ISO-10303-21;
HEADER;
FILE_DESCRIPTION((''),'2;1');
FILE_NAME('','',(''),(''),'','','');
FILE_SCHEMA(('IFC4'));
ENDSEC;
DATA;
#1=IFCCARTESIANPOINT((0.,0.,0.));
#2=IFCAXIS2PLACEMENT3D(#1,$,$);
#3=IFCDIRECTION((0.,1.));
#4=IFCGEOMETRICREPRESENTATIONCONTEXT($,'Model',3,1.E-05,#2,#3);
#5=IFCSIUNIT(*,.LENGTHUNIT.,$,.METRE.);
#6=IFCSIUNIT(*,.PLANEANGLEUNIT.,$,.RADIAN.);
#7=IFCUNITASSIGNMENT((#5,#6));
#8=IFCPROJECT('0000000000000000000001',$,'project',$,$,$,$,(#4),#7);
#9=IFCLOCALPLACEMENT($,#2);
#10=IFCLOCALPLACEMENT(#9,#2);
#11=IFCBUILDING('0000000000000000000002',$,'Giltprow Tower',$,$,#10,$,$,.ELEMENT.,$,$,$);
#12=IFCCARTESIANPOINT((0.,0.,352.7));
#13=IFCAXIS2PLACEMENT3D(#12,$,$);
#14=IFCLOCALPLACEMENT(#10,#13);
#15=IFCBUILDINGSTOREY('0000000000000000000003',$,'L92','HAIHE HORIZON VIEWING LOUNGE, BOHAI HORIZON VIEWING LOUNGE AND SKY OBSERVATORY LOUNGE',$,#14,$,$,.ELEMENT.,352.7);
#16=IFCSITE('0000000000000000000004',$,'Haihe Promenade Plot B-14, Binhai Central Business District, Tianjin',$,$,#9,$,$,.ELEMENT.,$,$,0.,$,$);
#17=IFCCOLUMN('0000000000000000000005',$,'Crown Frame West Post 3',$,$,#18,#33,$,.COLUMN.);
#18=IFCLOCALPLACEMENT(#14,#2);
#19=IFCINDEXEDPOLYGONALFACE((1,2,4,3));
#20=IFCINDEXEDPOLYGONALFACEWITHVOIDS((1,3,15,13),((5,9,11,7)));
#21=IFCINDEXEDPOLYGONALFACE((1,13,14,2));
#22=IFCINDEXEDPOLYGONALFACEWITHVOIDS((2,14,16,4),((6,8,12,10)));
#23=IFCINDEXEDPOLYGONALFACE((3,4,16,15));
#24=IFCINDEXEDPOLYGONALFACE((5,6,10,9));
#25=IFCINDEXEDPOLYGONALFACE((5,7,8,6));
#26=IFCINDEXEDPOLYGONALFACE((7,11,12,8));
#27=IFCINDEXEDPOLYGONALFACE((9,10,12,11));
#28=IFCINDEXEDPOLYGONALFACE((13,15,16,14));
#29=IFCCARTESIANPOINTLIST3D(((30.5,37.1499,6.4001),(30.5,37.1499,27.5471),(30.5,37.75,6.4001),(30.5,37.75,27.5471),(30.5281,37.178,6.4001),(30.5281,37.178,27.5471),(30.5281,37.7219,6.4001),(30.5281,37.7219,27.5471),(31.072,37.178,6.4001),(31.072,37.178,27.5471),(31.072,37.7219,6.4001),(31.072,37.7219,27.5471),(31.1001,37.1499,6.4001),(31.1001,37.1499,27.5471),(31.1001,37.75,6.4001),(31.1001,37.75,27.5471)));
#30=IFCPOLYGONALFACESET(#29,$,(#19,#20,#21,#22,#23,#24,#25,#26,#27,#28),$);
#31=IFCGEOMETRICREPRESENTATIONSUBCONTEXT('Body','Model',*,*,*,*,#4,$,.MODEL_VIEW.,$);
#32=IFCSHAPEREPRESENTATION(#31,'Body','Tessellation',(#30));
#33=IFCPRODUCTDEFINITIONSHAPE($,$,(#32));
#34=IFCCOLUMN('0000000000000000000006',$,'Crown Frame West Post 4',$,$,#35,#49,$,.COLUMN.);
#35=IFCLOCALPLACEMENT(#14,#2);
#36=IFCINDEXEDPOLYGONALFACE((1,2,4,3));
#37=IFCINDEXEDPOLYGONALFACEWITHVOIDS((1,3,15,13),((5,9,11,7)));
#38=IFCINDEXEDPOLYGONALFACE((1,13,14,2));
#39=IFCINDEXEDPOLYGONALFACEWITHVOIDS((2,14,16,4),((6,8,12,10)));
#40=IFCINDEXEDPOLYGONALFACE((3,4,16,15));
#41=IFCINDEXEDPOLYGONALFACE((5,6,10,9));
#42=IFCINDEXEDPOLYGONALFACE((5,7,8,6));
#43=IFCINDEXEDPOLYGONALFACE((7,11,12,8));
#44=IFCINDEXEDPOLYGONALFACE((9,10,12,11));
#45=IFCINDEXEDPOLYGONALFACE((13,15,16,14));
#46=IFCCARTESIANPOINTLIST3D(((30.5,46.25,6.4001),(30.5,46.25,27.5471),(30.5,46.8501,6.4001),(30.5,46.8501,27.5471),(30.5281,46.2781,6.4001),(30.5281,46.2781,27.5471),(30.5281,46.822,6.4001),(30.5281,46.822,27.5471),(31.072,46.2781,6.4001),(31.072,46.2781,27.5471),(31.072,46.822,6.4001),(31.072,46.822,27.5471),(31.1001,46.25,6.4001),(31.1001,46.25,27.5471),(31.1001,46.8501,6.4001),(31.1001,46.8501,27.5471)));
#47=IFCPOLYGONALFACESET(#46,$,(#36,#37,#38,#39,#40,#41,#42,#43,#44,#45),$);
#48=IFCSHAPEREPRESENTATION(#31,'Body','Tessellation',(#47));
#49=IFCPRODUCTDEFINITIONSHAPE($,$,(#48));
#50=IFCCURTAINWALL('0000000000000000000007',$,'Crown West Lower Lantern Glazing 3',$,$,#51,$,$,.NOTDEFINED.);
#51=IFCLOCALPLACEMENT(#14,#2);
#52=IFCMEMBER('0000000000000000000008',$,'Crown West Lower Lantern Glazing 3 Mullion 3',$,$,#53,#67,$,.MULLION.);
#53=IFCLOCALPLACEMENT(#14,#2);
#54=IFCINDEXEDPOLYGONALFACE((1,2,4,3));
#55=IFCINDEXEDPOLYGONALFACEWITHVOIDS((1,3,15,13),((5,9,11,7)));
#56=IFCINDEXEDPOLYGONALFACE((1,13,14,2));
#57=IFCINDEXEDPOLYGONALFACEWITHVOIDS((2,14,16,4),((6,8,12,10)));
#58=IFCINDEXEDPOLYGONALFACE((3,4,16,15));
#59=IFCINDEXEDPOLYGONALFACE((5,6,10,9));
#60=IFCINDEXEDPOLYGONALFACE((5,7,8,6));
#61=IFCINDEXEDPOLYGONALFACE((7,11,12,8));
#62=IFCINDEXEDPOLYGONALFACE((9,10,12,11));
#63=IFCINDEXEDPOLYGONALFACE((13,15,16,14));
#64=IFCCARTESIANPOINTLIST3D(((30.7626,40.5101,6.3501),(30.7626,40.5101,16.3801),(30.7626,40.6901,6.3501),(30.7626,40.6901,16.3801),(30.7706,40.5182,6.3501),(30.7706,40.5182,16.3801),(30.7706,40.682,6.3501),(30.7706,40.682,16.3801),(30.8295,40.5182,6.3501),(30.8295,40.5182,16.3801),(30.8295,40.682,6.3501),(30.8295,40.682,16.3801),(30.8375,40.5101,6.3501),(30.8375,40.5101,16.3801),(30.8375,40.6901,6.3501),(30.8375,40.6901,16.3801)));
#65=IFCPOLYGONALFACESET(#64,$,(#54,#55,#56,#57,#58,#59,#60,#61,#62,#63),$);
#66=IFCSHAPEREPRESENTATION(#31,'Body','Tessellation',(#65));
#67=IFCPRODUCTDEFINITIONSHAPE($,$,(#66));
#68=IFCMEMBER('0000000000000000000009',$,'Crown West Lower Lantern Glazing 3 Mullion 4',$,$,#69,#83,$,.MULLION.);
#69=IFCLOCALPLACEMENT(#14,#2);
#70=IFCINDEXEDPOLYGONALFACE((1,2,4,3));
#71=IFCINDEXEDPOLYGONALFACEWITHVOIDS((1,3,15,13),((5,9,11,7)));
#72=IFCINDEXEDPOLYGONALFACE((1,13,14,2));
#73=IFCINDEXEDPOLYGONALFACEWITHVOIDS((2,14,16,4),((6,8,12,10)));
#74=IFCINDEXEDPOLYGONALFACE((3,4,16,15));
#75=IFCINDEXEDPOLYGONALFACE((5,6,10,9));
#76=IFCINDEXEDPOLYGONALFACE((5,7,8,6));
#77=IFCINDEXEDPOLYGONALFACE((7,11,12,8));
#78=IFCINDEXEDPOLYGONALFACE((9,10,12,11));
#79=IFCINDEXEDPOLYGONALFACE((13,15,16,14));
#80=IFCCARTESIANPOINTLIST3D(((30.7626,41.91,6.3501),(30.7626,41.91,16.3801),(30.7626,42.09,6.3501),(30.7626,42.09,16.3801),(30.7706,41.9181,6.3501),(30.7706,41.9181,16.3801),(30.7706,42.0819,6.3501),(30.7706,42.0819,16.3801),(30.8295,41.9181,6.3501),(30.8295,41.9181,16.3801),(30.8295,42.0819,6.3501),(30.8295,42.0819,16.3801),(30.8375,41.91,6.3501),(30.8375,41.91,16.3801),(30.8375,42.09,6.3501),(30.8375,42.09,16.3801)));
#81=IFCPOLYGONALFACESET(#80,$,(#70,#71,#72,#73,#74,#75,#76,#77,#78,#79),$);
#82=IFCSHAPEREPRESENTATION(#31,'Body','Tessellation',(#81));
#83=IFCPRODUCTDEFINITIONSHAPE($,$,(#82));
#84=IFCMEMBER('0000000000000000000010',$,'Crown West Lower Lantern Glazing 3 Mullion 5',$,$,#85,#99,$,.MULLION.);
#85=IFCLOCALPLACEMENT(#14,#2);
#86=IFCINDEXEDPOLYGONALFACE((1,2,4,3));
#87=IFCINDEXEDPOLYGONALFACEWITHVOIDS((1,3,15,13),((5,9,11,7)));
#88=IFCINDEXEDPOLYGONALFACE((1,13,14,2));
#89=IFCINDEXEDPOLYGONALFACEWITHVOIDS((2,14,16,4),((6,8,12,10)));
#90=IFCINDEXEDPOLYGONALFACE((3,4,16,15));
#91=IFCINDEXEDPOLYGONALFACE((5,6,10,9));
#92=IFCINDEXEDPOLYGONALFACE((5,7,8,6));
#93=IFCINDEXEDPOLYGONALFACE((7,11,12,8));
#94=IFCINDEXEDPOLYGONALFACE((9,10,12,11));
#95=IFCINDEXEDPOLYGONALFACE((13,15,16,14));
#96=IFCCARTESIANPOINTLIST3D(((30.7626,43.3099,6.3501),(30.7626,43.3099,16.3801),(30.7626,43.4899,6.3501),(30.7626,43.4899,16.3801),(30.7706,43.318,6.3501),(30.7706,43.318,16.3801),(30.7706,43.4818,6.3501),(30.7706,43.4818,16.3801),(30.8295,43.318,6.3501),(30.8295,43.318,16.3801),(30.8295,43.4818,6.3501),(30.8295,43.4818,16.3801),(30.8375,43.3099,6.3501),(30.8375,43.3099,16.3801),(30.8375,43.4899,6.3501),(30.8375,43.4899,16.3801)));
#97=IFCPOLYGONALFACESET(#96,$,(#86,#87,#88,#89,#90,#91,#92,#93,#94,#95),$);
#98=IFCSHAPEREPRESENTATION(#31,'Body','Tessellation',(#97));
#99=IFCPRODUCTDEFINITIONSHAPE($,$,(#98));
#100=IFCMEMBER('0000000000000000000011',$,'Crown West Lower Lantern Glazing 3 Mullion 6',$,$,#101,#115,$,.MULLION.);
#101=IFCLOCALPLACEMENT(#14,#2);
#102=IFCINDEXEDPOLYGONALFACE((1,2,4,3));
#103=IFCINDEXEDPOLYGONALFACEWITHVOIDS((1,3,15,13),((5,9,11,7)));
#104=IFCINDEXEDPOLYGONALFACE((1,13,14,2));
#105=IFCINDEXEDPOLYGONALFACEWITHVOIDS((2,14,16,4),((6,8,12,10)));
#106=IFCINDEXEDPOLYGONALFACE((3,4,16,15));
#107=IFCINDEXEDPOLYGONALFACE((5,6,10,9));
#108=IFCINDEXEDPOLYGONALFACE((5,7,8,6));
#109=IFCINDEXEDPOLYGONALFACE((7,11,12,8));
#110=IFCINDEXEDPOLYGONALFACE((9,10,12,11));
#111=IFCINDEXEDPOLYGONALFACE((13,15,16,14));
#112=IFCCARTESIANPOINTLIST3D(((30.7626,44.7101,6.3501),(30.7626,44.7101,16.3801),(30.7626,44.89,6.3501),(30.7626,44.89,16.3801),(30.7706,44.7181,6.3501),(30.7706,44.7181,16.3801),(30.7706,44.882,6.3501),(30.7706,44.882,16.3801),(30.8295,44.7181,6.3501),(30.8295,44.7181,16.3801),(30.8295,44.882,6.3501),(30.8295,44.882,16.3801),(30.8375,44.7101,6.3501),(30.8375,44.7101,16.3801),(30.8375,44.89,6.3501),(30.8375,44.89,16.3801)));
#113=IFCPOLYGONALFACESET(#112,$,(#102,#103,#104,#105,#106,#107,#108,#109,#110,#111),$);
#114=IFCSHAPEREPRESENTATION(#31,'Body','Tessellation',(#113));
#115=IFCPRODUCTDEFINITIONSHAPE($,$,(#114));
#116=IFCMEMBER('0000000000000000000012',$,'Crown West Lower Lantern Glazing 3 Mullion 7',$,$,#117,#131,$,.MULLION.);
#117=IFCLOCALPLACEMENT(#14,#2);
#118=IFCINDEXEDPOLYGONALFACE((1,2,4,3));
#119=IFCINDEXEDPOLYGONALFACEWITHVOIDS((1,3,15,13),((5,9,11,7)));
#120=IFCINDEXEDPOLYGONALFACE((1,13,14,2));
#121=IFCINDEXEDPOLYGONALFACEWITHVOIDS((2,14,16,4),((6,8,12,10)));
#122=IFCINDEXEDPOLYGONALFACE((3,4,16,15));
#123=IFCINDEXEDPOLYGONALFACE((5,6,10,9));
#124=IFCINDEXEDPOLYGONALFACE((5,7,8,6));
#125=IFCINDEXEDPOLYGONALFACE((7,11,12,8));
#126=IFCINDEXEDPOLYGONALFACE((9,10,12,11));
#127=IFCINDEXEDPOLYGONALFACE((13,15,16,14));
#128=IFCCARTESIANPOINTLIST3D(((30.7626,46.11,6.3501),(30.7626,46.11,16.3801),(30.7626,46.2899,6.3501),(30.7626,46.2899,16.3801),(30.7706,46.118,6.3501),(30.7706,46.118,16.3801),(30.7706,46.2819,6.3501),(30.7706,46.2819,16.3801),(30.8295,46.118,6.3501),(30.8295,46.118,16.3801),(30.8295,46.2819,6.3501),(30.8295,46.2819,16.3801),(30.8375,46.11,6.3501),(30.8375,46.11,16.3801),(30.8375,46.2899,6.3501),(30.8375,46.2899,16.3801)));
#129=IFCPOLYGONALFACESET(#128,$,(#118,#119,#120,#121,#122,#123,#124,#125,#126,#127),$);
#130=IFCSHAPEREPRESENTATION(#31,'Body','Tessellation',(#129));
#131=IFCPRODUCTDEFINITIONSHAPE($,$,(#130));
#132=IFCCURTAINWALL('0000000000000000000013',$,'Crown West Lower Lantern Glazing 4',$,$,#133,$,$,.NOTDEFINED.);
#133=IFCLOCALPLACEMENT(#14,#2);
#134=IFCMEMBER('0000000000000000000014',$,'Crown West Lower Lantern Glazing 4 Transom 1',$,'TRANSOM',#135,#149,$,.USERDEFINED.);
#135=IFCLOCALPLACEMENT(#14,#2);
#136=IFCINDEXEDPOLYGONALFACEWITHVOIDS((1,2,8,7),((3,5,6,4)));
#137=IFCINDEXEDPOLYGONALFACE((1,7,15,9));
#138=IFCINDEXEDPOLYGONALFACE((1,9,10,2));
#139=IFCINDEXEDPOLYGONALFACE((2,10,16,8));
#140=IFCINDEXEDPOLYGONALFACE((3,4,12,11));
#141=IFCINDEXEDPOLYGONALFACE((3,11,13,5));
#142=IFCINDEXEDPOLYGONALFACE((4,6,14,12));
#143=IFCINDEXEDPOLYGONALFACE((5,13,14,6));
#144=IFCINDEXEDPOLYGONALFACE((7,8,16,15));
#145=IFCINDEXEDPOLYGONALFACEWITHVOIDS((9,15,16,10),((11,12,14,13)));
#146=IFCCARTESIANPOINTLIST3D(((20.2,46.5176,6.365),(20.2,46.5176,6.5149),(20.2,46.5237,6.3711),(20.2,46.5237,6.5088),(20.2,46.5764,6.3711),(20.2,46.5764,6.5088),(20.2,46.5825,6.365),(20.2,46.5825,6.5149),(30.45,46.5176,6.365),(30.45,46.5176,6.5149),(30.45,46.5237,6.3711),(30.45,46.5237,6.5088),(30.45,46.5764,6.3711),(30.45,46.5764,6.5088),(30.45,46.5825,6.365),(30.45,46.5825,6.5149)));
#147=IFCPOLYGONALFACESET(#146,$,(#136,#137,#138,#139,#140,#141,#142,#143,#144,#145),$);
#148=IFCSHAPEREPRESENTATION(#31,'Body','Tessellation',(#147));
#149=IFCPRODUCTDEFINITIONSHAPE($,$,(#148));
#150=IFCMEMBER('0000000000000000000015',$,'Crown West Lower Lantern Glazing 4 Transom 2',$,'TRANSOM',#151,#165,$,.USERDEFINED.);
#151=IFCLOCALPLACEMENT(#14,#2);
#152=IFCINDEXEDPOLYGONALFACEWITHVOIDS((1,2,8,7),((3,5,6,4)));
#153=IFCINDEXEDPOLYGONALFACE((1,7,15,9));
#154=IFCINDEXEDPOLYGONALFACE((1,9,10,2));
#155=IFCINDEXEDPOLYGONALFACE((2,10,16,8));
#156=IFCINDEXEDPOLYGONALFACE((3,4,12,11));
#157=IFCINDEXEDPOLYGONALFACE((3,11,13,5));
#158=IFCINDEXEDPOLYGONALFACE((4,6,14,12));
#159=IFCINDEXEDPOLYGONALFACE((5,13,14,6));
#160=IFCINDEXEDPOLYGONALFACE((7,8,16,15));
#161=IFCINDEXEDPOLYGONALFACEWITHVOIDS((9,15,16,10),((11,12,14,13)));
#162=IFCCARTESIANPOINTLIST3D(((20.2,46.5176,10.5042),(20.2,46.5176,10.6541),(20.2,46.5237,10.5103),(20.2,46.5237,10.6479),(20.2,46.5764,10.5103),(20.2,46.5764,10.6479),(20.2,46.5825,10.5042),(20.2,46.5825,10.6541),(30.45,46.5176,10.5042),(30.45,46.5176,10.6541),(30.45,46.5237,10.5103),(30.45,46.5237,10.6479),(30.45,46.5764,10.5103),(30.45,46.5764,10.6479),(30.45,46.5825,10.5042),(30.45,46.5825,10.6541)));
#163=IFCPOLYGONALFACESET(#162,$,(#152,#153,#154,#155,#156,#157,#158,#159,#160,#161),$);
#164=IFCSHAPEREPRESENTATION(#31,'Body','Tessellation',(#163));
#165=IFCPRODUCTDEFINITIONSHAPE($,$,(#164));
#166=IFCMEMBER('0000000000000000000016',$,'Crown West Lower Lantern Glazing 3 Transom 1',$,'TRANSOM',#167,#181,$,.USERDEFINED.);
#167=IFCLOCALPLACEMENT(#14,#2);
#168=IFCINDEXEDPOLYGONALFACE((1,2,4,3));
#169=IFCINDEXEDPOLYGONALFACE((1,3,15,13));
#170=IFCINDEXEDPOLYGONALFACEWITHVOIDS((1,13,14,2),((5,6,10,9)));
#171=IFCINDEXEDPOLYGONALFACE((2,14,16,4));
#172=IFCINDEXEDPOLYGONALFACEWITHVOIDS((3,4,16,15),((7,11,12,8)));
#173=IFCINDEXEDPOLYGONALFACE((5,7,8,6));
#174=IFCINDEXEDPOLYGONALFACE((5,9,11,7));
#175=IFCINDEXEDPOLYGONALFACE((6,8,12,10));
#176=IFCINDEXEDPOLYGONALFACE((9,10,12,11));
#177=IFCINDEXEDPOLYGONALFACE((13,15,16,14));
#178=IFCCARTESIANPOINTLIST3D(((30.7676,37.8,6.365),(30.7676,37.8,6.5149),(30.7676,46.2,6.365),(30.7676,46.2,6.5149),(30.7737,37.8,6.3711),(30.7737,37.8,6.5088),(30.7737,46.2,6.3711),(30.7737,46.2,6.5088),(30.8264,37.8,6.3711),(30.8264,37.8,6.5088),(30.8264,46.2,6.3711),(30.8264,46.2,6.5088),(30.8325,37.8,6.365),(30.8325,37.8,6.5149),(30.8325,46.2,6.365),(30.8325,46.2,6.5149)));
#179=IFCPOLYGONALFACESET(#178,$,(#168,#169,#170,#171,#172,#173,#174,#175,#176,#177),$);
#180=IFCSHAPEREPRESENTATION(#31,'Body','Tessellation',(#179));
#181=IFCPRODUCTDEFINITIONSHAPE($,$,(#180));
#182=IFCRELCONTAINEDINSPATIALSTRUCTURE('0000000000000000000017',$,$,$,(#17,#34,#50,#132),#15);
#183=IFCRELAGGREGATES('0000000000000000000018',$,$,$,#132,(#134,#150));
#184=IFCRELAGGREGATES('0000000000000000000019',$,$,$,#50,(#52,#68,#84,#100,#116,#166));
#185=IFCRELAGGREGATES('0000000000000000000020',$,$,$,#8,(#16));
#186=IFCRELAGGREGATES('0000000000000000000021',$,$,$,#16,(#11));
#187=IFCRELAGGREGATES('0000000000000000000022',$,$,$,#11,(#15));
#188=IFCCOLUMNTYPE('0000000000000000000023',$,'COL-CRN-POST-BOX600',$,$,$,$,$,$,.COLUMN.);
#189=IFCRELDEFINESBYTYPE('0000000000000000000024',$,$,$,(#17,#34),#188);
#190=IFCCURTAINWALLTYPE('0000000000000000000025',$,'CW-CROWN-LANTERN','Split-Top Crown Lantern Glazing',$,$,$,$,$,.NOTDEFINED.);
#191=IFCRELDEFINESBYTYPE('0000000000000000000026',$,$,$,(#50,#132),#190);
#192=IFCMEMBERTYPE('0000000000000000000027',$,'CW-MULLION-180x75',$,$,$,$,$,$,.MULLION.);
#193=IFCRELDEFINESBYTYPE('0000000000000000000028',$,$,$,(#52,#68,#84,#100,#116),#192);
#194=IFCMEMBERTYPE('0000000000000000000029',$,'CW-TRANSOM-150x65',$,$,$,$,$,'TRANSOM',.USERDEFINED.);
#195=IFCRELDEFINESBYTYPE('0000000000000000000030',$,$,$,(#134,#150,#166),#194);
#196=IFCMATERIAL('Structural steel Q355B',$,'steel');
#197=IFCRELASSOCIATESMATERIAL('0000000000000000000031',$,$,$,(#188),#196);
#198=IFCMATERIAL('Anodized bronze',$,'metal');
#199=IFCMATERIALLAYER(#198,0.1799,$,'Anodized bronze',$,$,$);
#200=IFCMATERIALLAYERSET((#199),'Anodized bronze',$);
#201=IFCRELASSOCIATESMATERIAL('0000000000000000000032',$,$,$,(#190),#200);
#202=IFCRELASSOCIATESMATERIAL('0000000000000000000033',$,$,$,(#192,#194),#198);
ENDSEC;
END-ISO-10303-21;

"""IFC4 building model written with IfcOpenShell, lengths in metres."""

from ifc_helpers import new_model, si_unit, direction, frame, origin, origin_2d, place, context, subcontext, project, spatial, hollow_rectangle, extrude, source, transform, mapped, material, layer, layer_set, material_profile, profile_set, type_object, element, aggregate, save


model = new_model("IFC4")

# Units and contexts
model_context = context("Model", 3, precision=1e-05, world=origin(), true_north=direction((0.0, 1.0)))
body_context = subcontext(model_context, "Body", "Model", "MODEL_VIEW")
ifc_project = project(units=[si_unit("LENGTHUNIT", "METRE"), si_unit("PLANEANGLEUNIT", "RADIAN")], contexts=[model_context])

# Site, building, storey
site_placement = place(None, origin())
site = spatial("IfcSite", under=ifc_project, at=site_placement, Name="Haihe Promenade Plot B-14, Binhai Central Business District, Tianjin", CompositionType="ELEMENT", RefElevation=0.0)
building_placement = place(site_placement, origin())
building = spatial("IfcBuilding", under=site, at=building_placement, Name="Giltprow Tower", CompositionType="ELEMENT")
storey_placement = place(building_placement, frame((0.0, 0.0, 352.7)))
storey = spatial("IfcBuildingStorey", under=building, at=storey_placement, Name="L92", Description="HAIHE HORIZON VIEWING LOUNGE, BOHAI HORIZON VIEWING LOUNGE AND SKY OBSERVATORY LOUNGE", CompositionType="ELEMENT", Elevation=352.7)

# Columns
ifc_material_1 = material(Name="Structural steel Q355B", Category="steel")
ifc_material_profile_1 = material_profile(ifc_material_1, hollow_rectangle(XDim=0.6001, YDim=0.6001, WallThickness=0.0281, at=origin_2d()), Name="BOX 600x600x28")
ifc_profile_set_1 = profile_set([ifc_material_profile_1], Name="Structural steel Q355B")
column_type = type_object("IfcColumnType", Name="COL-CRN-POST-BOX600", PredefinedType="COLUMN", material=ifc_profile_set_1)
shared_shape_1 = source(origin(), body_context, "Body", "SweptSolid", [
    extrude(hollow_rectangle(XDim=0.6001, YDim=0.6001, WallThickness=0.0281, at=origin_2d()), origin(), (0.0, 0.0, 1.0), 21.147),
])
for number, where, z_axis, x_axis, name in (
    (1, (30.8, 37.45, 6.4001), (0.0, 0.0, 1.0), (1.0, 0.0, 0.0), "Crown Frame West Post 3"),
    (2, (30.8, 46.55, 6.4001), (0.0, 0.0, 1.0), (1.0, 0.0, 0.0), "Crown Frame West Post 4"),
):
    element("IfcColumn", number, at=place(storey_placement, frame(where, z_axis=z_axis, x_axis=x_axis)), inside=storey, type_object=column_type, Name=name, PredefinedType="COLUMN", context=body_context, shape_type="MappedRepresentation", body=[
        mapped(shared_shape_1, transform((0.0, 0.0, 0.0), x_axis=(1.0, 0.0, 0.0), y_axis=(0.0, 1.0, 0.0), z_axis=(0.0, 0.0, 1.0), scale=1.0)),
    ])

# Curtain walls, members
ifc_material_2 = material(Name="Anodized bronze", Category="metal")
ifc_layer = layer(ifc_material_2, 0.1799, Name="Anodized bronze")
ifc_layer_set = layer_set([ifc_layer], Name="Anodized bronze")
curtain_wall_type = type_object("IfcCurtainWallType", Name="CW-CROWN-LANTERN", Description="Split-Top Crown Lantern Glazing", PredefinedType="NOTDEFINED", material=ifc_layer_set)
curtain_wall_1_placement = place(storey_placement, origin())
curtain_wall_1 = element("IfcCurtainWall", 3, at=curtain_wall_1_placement, inside=storey, type_object=curtain_wall_type, Name="Crown West Lower Lantern Glazing 3", PredefinedType="NOTDEFINED")
ifc_material_profile_2 = material_profile(ifc_material_2, hollow_rectangle(XDim=0.075, YDim=0.1799, WallThickness=0.0081, at=origin_2d()), Name="RHS 180x75x8")
ifc_profile_set_2 = profile_set([ifc_material_profile_2], Name="Anodized bronze")
member_type_1 = type_object("IfcMemberType", Name="CW-MULLION-180x75", PredefinedType="MULLION", material=ifc_profile_set_2)
shared_shape_2 = source(origin(), body_context, "Body", "SweptSolid", [
    extrude(hollow_rectangle(XDim=0.075, YDim=0.1799, WallThickness=0.0081, at=origin_2d()), origin(), (0.0, 0.0, 1.0), 10.03),
])
member_1_placement = place(storey_placement, frame((30.8, 40.6001, 6.3501), z_axis=(0.0, 0.0, 1.0), x_axis=(1.0, 0.0, 0.0)))
member_1 = element("IfcMember", 4, at=member_1_placement, type_object=member_type_1, Name="Crown West Lower Lantern Glazing 3 Mullion 3", PredefinedType="MULLION", context=body_context, shape_type="MappedRepresentation", body=[
    mapped(shared_shape_2, transform((0.0, 0.0, 0.0), x_axis=(1.0, 0.0, 0.0), y_axis=(0.0, 1.0, 0.0), z_axis=(0.0, 0.0, 1.0), scale=1.0)),
])
member_2_placement = place(storey_placement, frame((30.8, 42.0, 6.3501), z_axis=(0.0, 0.0, 1.0), x_axis=(1.0, 0.0, 0.0)))
member_2 = element("IfcMember", 5, at=member_2_placement, type_object=member_type_1, Name="Crown West Lower Lantern Glazing 3 Mullion 4", PredefinedType="MULLION", context=body_context, shape_type="MappedRepresentation", body=[
    mapped(shared_shape_2, transform((0.0, 0.0, 0.0), x_axis=(1.0, 0.0, 0.0), y_axis=(0.0, 1.0, 0.0), z_axis=(0.0, 0.0, 1.0), scale=1.0)),
])
member_3_placement = place(storey_placement, frame((30.8, 43.3999, 6.3501), z_axis=(0.0, 0.0, 1.0), x_axis=(1.0, 0.0, 0.0)))
member_3 = element("IfcMember", 6, at=member_3_placement, type_object=member_type_1, Name="Crown West Lower Lantern Glazing 3 Mullion 5", PredefinedType="MULLION", context=body_context, shape_type="MappedRepresentation", body=[
    mapped(shared_shape_2, transform((0.0, 0.0, 0.0), x_axis=(1.0, 0.0, 0.0), y_axis=(0.0, 1.0, 0.0), z_axis=(0.0, 0.0, 1.0), scale=1.0)),
])
member_4_placement = place(storey_placement, frame((30.8, 44.8, 6.3501), z_axis=(0.0, 0.0, 1.0), x_axis=(1.0, 0.0, 0.0)))
member_4 = element("IfcMember", 7, at=member_4_placement, type_object=member_type_1, Name="Crown West Lower Lantern Glazing 3 Mullion 6", PredefinedType="MULLION", context=body_context, shape_type="MappedRepresentation", body=[
    mapped(shared_shape_2, transform((0.0, 0.0, 0.0), x_axis=(1.0, 0.0, 0.0), y_axis=(0.0, 1.0, 0.0), z_axis=(0.0, 0.0, 1.0), scale=1.0)),
])
member_5_placement = place(storey_placement, frame((30.8, 46.2, 6.3501), z_axis=(0.0, 0.0, 1.0), x_axis=(1.0, 0.0, 0.0)))
member_5 = element("IfcMember", 8, at=member_5_placement, type_object=member_type_1, Name="Crown West Lower Lantern Glazing 3 Mullion 7", PredefinedType="MULLION", context=body_context, shape_type="MappedRepresentation", body=[
    mapped(shared_shape_2, transform((0.0, 0.0, 0.0), x_axis=(1.0, 0.0, 0.0), y_axis=(0.0, 1.0, 0.0), z_axis=(0.0, 0.0, 1.0), scale=1.0)),
])
curtain_wall_2_placement = place(storey_placement, origin())
curtain_wall_2 = element("IfcCurtainWall", 9, at=curtain_wall_2_placement, inside=storey, type_object=curtain_wall_type, Name="Crown West Lower Lantern Glazing 4", PredefinedType="NOTDEFINED")
ifc_material_profile_3 = material_profile(ifc_material_2, hollow_rectangle(XDim=0.0649, YDim=0.1499, WallThickness=0.0061, at=origin_2d()), Name="RHS 150x65x6")
ifc_profile_set_3 = profile_set([ifc_material_profile_3], Name="Anodized bronze")
member_type_2 = type_object("IfcMemberType", Name="CW-TRANSOM-150x65", ElementType="TRANSOM", PredefinedType="USERDEFINED", material=ifc_profile_set_3)
shared_shape_3 = source(origin(), body_context, "Body", "SweptSolid", [
    extrude(hollow_rectangle(XDim=0.0649, YDim=0.1499, WallThickness=0.0061, at=origin_2d()), origin(), (0.0, 0.0, 1.0), 10.25),
])
member_6_placement = place(storey_placement, frame((30.45, 46.55, 6.4399), z_axis=(-1.0, 0.0, 0.0), x_axis=(0.0, -1.0, 0.0)))
member_6 = element("IfcMember", 10, at=member_6_placement, type_object=member_type_2, Name="Crown West Lower Lantern Glazing 4 Transom 1", ObjectType="TRANSOM", PredefinedType="USERDEFINED", context=body_context, shape_type="MappedRepresentation", body=[
    mapped(shared_shape_3, transform((0.0, 0.0, 0.0), x_axis=(1.0, 0.0, 0.0), y_axis=(0.0, 1.0, 0.0), z_axis=(0.0, 0.0, 1.0), scale=1.0)),
])
member_7_placement = place(storey_placement, frame((30.45, 46.55, 10.5791), z_axis=(-1.0, 0.0, 0.0), x_axis=(0.0, -1.0, 0.0)))
member_7 = element("IfcMember", 11, at=member_7_placement, type_object=member_type_2, Name="Crown West Lower Lantern Glazing 4 Transom 2", ObjectType="TRANSOM", PredefinedType="USERDEFINED", context=body_context, shape_type="MappedRepresentation", body=[
    mapped(shared_shape_3, transform((0.0, 0.0, 0.0), x_axis=(1.0, 0.0, 0.0), y_axis=(0.0, 1.0, 0.0), z_axis=(0.0, 0.0, 1.0), scale=1.0)),
])

# Member
shared_shape_4 = source(origin(), body_context, "Body", "SweptSolid", [
    extrude(hollow_rectangle(XDim=0.0649, YDim=0.1499, WallThickness=0.0061, at=origin_2d()), origin(), (0.0, 0.0, 1.0), 8.3999),
])
member_8_placement = place(storey_placement, frame((30.8, 37.8, 6.4399), z_axis=(0.0, 1.0, 0.0), x_axis=(-1.0, 0.0, 0.0)))
member_8 = element("IfcMember", 12, at=member_8_placement, type_object=member_type_2, Name="Crown West Lower Lantern Glazing 3 Transom 1", ObjectType="TRANSOM", PredefinedType="USERDEFINED", context=body_context, shape_type="MappedRepresentation", body=[
    mapped(shared_shape_4, transform((0.0, 0.0, 0.0), x_axis=(1.0, 0.0, 0.0), y_axis=(0.0, 1.0, 0.0), z_axis=(0.0, 0.0, 1.0), scale=1.0)),
])

aggregate(curtain_wall_2, [member_6, member_7])

aggregate(curtain_wall_1, [member_1, member_2, member_3, member_4, member_5, member_8])

save(model, "model.ifc")
